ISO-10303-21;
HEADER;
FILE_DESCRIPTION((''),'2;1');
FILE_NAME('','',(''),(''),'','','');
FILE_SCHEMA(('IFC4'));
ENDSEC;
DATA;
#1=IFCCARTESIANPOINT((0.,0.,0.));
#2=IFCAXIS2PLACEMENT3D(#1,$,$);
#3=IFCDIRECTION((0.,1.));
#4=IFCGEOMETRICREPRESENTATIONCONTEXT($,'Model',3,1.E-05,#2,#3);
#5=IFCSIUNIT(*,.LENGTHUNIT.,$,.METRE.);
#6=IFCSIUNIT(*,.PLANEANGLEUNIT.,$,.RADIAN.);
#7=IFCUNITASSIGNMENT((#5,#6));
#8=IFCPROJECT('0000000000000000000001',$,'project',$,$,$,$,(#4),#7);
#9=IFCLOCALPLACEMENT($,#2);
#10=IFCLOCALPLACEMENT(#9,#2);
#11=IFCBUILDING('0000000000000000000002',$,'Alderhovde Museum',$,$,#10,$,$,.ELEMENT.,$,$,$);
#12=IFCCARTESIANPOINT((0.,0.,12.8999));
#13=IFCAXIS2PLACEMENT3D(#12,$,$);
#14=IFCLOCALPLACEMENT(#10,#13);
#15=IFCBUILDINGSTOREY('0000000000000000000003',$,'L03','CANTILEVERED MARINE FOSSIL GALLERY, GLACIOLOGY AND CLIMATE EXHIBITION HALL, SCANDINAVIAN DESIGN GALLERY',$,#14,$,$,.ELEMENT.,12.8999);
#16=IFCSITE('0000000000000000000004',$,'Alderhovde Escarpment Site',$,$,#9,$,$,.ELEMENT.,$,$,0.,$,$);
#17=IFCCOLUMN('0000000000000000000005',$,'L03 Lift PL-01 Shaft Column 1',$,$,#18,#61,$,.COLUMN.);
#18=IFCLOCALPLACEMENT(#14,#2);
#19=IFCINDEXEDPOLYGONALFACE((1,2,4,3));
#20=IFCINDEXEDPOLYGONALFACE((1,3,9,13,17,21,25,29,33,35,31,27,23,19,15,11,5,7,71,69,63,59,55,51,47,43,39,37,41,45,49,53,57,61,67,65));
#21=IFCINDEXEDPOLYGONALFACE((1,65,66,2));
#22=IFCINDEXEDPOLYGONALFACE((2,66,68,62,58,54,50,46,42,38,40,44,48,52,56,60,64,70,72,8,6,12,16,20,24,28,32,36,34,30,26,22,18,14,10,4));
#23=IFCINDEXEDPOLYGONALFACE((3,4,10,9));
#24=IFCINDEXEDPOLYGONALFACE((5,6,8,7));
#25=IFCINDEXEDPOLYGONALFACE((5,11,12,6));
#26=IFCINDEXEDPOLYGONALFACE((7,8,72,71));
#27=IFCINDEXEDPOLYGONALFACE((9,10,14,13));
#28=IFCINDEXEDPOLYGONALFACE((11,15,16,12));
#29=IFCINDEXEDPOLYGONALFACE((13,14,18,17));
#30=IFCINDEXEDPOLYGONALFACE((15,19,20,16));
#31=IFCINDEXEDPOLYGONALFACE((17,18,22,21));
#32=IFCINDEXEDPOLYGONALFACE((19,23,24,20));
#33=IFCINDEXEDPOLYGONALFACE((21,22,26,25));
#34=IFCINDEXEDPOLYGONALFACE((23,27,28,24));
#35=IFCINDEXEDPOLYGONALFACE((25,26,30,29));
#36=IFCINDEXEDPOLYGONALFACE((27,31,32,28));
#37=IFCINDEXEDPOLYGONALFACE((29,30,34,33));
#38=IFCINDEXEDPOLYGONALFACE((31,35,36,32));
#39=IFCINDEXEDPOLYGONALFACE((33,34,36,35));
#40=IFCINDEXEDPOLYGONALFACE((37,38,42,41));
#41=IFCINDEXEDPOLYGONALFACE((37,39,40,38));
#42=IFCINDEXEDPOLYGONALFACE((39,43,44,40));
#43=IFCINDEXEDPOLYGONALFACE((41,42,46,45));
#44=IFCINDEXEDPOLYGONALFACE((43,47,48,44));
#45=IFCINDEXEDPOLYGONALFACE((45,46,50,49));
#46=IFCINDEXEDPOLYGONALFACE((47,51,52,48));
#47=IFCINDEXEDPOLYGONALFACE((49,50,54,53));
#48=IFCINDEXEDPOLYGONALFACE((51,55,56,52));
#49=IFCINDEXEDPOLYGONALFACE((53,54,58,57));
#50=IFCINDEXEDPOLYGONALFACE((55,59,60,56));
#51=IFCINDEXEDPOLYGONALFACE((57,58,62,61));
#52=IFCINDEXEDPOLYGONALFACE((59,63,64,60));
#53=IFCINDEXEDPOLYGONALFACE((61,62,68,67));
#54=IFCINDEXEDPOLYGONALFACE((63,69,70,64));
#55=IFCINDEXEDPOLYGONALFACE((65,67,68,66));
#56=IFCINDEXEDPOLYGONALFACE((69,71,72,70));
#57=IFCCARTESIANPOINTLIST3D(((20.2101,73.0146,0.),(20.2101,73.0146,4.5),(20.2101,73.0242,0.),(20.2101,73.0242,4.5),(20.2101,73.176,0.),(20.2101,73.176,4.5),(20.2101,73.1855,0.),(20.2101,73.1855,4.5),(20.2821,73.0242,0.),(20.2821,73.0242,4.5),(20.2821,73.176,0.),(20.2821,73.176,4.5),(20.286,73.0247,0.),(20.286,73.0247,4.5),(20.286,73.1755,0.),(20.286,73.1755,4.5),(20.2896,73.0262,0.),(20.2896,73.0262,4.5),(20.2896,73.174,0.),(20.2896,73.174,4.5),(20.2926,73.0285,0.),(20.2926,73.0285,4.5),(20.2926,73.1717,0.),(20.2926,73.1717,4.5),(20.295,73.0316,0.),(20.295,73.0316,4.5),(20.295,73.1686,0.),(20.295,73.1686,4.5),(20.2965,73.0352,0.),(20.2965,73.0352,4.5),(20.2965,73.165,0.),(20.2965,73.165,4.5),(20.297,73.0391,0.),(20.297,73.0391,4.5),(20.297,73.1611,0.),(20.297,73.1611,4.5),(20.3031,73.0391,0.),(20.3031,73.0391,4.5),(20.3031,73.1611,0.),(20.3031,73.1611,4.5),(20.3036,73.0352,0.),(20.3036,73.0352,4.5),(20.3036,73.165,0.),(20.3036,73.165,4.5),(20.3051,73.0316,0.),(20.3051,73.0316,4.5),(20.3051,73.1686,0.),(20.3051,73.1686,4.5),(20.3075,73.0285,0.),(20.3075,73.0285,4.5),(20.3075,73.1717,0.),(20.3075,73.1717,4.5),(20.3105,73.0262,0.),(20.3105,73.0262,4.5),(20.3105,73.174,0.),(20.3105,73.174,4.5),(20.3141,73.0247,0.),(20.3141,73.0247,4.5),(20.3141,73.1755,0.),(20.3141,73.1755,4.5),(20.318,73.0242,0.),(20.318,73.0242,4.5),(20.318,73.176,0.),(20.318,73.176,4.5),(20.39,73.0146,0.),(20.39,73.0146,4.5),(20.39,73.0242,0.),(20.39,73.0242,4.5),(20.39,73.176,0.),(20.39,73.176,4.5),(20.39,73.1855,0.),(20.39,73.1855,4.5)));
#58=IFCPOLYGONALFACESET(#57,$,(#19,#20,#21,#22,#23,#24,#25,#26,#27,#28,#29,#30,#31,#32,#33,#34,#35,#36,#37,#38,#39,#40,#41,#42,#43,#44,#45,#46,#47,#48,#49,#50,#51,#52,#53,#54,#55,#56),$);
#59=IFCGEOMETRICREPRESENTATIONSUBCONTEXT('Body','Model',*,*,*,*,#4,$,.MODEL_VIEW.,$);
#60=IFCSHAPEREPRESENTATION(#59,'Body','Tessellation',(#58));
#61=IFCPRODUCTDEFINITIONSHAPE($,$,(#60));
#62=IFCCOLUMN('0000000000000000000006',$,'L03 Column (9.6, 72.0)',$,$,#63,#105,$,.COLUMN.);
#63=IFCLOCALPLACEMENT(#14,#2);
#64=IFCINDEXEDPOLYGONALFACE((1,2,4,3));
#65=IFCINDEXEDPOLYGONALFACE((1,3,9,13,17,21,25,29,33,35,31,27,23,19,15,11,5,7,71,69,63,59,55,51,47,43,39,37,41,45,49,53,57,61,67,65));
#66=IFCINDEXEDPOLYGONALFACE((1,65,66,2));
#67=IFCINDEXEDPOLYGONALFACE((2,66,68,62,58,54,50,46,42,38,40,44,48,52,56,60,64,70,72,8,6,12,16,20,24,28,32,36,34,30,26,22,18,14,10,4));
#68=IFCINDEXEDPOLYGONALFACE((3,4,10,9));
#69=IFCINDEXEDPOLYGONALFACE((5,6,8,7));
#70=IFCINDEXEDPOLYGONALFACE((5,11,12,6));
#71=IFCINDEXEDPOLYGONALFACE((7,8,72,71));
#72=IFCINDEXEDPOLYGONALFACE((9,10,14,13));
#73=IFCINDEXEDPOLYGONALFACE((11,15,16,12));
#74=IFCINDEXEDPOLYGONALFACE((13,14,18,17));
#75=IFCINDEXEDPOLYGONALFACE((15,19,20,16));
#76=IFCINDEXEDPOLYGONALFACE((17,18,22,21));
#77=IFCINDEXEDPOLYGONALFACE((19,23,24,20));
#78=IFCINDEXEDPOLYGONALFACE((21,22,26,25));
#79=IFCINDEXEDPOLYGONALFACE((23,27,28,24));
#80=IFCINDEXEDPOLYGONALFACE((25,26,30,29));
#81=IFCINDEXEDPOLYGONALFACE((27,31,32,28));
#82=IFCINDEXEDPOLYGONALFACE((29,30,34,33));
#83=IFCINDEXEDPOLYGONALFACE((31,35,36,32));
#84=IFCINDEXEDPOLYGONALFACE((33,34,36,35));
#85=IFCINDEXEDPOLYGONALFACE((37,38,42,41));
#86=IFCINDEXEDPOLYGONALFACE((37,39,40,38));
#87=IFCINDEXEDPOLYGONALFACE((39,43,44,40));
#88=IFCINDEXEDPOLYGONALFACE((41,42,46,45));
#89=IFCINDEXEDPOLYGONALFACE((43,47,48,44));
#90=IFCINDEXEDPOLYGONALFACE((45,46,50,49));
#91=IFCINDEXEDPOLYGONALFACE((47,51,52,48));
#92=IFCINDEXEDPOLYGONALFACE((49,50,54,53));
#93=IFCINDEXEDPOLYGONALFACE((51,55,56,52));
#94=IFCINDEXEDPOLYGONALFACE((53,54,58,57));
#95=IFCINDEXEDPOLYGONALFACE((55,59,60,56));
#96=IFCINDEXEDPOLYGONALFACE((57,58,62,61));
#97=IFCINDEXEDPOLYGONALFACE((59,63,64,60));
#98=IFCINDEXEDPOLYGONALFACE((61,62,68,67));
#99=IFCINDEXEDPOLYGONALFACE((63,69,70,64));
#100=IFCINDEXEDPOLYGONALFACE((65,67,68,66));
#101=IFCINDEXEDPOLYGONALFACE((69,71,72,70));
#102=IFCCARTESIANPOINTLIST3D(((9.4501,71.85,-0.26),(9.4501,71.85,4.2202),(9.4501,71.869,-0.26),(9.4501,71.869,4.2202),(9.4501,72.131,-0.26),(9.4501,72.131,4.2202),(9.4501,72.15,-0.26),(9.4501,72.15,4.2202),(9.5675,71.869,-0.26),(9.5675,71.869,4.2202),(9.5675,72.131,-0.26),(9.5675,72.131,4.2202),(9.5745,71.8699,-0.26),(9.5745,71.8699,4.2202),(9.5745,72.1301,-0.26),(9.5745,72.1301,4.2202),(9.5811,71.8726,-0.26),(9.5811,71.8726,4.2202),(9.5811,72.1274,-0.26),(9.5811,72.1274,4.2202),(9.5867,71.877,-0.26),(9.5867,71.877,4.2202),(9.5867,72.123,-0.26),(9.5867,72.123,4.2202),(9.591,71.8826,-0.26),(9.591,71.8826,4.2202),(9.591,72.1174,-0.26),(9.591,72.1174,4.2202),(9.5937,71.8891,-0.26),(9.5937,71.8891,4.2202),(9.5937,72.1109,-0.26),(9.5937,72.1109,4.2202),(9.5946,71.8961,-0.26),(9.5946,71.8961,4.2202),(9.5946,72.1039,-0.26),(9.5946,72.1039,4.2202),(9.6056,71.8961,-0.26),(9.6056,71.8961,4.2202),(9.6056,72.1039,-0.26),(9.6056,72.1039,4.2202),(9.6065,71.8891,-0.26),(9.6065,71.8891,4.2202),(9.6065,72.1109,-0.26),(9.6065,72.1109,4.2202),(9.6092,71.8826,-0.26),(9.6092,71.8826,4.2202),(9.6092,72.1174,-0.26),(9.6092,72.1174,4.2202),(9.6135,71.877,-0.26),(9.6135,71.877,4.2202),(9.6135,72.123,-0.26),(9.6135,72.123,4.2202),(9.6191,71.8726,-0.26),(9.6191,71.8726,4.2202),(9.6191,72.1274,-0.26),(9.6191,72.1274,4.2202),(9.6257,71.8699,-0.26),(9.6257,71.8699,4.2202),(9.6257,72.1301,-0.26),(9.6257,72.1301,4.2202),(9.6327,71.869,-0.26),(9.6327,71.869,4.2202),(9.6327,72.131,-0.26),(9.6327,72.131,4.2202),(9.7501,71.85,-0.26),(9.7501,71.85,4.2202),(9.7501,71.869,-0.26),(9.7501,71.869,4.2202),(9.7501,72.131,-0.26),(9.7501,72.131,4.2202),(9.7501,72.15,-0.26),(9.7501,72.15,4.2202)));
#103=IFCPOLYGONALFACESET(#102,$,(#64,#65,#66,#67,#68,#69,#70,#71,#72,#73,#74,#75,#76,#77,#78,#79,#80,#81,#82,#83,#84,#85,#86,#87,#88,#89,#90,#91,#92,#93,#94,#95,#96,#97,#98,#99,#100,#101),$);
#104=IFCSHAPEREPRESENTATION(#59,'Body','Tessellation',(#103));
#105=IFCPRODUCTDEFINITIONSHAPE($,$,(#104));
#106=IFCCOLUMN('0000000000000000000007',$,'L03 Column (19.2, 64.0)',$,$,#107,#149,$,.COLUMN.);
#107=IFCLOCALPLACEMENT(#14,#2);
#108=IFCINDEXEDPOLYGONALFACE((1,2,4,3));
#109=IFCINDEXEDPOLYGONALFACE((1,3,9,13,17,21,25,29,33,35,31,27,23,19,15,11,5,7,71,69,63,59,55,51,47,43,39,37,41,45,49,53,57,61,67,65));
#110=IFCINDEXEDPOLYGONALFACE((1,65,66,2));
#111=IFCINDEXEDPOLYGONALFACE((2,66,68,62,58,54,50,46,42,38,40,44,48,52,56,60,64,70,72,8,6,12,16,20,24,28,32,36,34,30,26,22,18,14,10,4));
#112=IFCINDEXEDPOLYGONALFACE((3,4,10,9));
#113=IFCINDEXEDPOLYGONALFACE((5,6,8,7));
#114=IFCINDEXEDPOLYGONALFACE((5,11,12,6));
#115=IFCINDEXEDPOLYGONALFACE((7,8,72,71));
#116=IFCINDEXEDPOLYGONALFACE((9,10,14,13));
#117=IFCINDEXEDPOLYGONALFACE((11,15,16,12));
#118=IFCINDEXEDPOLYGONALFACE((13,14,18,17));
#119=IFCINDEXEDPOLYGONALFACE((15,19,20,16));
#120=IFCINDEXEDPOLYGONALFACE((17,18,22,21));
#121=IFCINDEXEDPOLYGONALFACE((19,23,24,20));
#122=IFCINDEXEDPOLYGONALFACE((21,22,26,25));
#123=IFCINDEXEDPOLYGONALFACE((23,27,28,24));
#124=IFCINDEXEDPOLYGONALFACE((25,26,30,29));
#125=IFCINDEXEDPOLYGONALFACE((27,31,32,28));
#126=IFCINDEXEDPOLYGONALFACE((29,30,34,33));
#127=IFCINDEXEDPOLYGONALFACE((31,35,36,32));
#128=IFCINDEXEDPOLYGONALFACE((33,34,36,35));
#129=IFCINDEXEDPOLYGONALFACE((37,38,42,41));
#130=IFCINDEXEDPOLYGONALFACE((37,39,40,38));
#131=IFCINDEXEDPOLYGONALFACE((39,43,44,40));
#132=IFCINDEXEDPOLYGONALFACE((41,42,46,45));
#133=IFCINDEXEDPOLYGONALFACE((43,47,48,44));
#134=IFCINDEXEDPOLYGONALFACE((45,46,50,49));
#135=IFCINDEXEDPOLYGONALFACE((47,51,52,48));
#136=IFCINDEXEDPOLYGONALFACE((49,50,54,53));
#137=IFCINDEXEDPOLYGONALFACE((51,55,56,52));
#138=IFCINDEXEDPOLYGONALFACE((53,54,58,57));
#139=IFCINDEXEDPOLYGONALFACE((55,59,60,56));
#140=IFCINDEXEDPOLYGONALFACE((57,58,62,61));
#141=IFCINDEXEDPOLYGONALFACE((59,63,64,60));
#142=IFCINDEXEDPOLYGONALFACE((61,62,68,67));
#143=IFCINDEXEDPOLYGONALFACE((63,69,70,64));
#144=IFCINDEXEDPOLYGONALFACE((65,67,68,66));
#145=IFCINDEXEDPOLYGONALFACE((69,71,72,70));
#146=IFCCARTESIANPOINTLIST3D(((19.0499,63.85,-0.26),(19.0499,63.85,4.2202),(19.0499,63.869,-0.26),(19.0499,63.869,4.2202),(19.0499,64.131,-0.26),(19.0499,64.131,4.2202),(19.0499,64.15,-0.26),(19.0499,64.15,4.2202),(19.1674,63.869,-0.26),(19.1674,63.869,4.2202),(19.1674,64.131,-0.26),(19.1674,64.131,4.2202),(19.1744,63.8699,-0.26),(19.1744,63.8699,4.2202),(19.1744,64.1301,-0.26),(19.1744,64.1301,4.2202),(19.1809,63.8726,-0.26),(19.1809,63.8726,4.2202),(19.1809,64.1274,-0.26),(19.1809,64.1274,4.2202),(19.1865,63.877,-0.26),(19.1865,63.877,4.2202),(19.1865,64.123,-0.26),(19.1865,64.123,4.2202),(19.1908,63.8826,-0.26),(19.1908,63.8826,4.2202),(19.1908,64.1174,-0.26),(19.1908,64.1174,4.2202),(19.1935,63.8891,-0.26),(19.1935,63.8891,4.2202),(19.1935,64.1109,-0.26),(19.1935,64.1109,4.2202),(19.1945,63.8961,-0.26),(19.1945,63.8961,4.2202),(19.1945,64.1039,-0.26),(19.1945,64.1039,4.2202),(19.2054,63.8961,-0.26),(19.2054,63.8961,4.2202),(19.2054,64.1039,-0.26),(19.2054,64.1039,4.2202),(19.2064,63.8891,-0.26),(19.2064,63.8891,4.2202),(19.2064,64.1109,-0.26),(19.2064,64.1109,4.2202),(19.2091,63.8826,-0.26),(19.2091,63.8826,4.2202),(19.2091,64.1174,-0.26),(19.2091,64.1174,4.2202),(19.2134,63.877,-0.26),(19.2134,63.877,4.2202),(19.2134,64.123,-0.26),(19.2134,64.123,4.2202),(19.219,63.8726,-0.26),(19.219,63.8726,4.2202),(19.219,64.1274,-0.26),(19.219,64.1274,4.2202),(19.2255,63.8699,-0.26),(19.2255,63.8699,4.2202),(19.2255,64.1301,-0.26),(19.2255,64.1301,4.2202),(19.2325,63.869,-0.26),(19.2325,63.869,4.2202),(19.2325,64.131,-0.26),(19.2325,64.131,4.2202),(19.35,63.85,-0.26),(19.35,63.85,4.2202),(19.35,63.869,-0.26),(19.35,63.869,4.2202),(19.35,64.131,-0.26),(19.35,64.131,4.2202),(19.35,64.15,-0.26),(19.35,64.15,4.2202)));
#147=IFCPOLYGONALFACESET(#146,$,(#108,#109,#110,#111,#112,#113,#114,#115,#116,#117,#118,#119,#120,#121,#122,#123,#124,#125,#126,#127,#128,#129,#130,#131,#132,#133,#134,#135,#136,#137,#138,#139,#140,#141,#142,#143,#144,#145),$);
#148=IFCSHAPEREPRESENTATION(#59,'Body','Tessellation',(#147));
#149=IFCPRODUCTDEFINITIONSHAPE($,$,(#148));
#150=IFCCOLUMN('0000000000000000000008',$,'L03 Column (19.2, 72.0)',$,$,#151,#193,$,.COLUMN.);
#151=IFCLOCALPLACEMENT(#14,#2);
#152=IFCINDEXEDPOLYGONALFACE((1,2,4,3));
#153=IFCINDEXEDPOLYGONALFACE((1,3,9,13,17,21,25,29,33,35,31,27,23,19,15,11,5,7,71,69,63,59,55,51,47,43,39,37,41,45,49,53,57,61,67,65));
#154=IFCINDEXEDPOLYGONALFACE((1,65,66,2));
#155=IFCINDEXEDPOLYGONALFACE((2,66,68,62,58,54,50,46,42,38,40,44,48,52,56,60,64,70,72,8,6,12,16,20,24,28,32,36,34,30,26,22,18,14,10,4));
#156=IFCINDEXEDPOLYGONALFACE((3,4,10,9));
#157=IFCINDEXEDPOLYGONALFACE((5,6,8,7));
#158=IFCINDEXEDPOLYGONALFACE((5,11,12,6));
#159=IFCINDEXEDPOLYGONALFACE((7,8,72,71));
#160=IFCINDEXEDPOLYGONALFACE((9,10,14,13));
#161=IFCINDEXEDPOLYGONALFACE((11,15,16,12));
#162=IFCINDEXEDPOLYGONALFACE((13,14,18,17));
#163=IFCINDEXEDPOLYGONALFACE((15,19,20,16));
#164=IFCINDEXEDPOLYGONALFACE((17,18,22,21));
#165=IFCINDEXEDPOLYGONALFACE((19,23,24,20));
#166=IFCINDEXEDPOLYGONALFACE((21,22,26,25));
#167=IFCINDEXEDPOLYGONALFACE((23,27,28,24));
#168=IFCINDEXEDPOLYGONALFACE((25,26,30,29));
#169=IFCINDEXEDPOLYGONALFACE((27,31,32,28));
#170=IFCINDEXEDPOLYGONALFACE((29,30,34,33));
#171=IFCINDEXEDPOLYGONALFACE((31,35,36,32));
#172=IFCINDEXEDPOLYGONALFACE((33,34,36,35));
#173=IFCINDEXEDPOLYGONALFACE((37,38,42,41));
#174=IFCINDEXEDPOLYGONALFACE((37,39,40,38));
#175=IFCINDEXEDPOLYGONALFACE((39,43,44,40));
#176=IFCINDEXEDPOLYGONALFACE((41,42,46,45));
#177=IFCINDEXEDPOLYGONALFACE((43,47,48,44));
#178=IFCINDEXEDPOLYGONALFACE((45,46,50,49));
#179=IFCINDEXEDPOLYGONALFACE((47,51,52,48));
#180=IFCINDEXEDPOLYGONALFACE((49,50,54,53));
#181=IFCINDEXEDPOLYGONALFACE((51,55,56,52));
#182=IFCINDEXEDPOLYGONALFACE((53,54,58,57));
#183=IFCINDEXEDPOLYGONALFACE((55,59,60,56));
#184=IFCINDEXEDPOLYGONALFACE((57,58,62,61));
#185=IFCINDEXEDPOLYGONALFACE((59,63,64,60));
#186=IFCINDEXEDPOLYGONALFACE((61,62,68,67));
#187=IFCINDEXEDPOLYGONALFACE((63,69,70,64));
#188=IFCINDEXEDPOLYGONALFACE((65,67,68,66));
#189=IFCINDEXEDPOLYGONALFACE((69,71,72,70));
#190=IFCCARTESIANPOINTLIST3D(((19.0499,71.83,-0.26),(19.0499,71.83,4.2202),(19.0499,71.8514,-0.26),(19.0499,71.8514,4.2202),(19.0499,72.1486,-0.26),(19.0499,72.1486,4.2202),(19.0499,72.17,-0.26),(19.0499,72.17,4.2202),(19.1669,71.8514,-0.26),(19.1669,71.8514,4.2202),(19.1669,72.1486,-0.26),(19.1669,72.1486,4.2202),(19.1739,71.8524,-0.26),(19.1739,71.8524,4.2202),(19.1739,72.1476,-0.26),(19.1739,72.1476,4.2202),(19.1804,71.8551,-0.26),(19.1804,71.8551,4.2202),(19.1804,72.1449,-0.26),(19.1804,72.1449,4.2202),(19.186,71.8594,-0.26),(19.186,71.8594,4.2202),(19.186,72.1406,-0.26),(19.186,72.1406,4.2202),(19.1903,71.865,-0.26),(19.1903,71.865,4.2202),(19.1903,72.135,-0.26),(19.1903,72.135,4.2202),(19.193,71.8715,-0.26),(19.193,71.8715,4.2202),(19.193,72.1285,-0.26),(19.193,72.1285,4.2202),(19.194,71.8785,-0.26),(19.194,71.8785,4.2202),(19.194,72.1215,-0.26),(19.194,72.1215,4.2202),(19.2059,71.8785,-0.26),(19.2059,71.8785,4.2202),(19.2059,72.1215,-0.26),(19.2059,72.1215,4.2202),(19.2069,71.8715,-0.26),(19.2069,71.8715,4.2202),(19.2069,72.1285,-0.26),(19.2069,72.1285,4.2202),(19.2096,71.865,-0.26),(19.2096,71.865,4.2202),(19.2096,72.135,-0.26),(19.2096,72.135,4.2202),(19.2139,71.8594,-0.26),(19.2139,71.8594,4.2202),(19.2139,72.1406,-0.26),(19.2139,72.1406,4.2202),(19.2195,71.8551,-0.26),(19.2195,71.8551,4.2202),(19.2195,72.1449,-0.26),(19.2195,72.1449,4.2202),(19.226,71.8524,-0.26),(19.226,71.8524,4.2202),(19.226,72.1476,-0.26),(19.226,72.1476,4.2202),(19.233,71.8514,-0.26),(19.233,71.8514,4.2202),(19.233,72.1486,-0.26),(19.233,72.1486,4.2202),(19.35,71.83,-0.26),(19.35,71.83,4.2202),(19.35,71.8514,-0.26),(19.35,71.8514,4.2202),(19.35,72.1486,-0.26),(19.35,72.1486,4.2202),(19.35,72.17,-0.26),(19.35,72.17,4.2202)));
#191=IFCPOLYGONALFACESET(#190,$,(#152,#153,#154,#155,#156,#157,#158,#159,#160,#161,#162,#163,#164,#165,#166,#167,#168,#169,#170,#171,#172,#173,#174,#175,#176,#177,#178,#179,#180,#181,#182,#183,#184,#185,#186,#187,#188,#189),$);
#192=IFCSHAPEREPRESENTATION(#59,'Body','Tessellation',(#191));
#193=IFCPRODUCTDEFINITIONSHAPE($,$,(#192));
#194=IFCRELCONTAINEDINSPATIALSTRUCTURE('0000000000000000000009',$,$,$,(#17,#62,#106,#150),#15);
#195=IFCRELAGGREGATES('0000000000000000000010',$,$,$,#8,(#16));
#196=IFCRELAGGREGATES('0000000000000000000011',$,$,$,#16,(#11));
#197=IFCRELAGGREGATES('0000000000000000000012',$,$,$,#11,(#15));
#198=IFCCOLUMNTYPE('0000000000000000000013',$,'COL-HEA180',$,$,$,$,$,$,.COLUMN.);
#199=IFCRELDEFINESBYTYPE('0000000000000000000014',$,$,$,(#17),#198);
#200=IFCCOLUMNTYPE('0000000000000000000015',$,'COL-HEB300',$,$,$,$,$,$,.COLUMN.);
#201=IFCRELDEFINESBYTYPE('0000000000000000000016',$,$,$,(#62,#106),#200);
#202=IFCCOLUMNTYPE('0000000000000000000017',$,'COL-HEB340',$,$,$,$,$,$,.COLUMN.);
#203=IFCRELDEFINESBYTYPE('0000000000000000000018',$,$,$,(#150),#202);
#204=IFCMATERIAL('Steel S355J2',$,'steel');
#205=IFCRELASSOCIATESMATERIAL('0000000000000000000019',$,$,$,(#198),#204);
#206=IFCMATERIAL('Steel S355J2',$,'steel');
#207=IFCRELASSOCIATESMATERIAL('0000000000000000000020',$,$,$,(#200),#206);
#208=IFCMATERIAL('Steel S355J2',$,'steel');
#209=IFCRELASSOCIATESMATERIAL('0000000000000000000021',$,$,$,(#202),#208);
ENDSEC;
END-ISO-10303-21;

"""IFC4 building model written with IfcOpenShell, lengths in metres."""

from ifc_helpers import new_model, si_unit, direction, frame, origin, origin_2d, place, context, subcontext, project, spatial, i_section, extrude, material, material_profile, profile_set, type_object, element, save


model = new_model("IFC4")

# Units and contexts
model_context = context("Model", 3, precision=1e-05, world=origin(), true_north=direction((0.0, 1.0)))
body_context = subcontext(model_context, "Body", "Model", "MODEL_VIEW")
ifc_project = project(units=[si_unit("LENGTHUNIT", "METRE"), si_unit("PLANEANGLEUNIT", "RADIAN")], contexts=[model_context])

# Site, building, storey
site_placement = place(None, origin())
site = spatial("IfcSite", under=ifc_project, at=site_placement, Name="Alderhovde Escarpment Site", CompositionType="ELEMENT", RefElevation=0.0)
building_placement = place(site_placement, origin())
building = spatial("IfcBuilding", under=site, at=building_placement, Name="Alderhovde Museum", CompositionType="ELEMENT")
storey_placement = place(building_placement, frame((0.0, 0.0, 12.8999)))
storey = spatial("IfcBuildingStorey", under=building, at=storey_placement, Name="L03", Description="CANTILEVERED MARINE FOSSIL GALLERY, GLACIOLOGY AND CLIMATE EXHIBITION HALL, SCANDINAVIAN DESIGN GALLERY", CompositionType="ELEMENT", Elevation=12.8999)

# Columns
ifc_material_1 = material(Name="Steel S355J2", Category="steel")
ifc_material_profile_1 = material_profile(ifc_material_1, i_section(OverallWidth=0.1799, OverallDepth=0.1709, WebThickness=0.0061, FlangeThickness=0.0095, FilletRadius=0.0149, at=origin_2d()), Name="HEA 180")
ifc_profile_set_1 = profile_set([ifc_material_profile_1], Name="Steel S355J2")
column_type_1 = type_object("IfcColumnType", Name="COL-HEA180", PredefinedType="COLUMN", material=ifc_profile_set_1)
column_1_placement = place(storey_placement, frame((20.3, 73.1001, 0.0), z_axis=(0.0, 0.0, 1.0), x_axis=(1.0, 0.0, 0.0)))
element("IfcColumn", 1, at=column_1_placement, inside=storey, type_object=column_type_1, Name="L03 Lift PL-01 Shaft Column 1", PredefinedType="COLUMN", context=body_context, shape_type="SweptSolid", body=[
    extrude(i_section(OverallWidth=0.1799, OverallDepth=0.1709, WebThickness=0.0061, FlangeThickness=0.0095, FilletRadius=0.0149, at=origin_2d()), origin(), (0.0, 0.0, 1.0), 4.5),
])
ifc_material_2 = material(Name="Steel S355J2", Category="steel")
ifc_material_profile_2 = material_profile(ifc_material_2, i_section(OverallWidth=0.3, OverallDepth=0.3, WebThickness=0.011, FlangeThickness=0.019, FilletRadius=0.0271, at=origin_2d()), Name="HEB 300")
ifc_profile_set_2 = profile_set([ifc_material_profile_2], Name="Steel S355J2")
column_type_2 = type_object("IfcColumnType", Name="COL-HEB300", PredefinedType="COLUMN", material=ifc_profile_set_2)
for number, where, z_axis, x_axis, name in (
    (2, (9.6001, 72.0, -0.26), (0.0, 0.0, 1.0), (1.0, 0.0, 0.0), "L03 Column (9.6, 72.0)"),
    (3, (19.2, 64.0, -0.26), (0.0, 0.0, 1.0), (1.0, 0.0, 0.0), "L03 Column (19.2, 64.0)"),
):
    element("IfcColumn", number, at=place(storey_placement, frame(where, z_axis=z_axis, x_axis=x_axis)), inside=storey, type_object=column_type_2, Name=name, PredefinedType="COLUMN", context=body_context, shape_type="SweptSolid", body=[
        extrude(i_section(OverallWidth=0.3, OverallDepth=0.3, WebThickness=0.011, FlangeThickness=0.019, FilletRadius=0.0271, at=origin_2d()), origin(), (0.0, 0.0, 1.0), 4.4802),
    ])
ifc_material_3 = material(Name="Steel S355J2", Category="steel")
ifc_material_profile_3 = material_profile(ifc_material_3, i_section(OverallWidth=0.3, OverallDepth=0.3401, WebThickness=0.012, FlangeThickness=0.0215, FilletRadius=0.0271, at=origin_2d()), Name="HEB 340")
ifc_profile_set_3 = profile_set([ifc_material_profile_3], Name="Steel S355J2")
column_type_3 = type_object("IfcColumnType", Name="COL-HEB340", PredefinedType="COLUMN", material=ifc_profile_set_3)
column_2_placement = place(storey_placement, frame((19.2, 72.0, -0.26), z_axis=(0.0, 0.0, 1.0), x_axis=(1.0, 0.0, 0.0)))
element("IfcColumn", 4, at=column_2_placement, inside=storey, type_object=column_type_3, Name="L03 Column (19.2, 72.0)", PredefinedType="COLUMN", context=body_context, shape_type="SweptSolid", body=[
    extrude(i_section(OverallWidth=0.3, OverallDepth=0.3401, WebThickness=0.012, FlangeThickness=0.0215, FilletRadius=0.0271, at=origin_2d()), origin(), (0.0, 0.0, 1.0), 4.4802),
])

save(model, "model.ifc")
